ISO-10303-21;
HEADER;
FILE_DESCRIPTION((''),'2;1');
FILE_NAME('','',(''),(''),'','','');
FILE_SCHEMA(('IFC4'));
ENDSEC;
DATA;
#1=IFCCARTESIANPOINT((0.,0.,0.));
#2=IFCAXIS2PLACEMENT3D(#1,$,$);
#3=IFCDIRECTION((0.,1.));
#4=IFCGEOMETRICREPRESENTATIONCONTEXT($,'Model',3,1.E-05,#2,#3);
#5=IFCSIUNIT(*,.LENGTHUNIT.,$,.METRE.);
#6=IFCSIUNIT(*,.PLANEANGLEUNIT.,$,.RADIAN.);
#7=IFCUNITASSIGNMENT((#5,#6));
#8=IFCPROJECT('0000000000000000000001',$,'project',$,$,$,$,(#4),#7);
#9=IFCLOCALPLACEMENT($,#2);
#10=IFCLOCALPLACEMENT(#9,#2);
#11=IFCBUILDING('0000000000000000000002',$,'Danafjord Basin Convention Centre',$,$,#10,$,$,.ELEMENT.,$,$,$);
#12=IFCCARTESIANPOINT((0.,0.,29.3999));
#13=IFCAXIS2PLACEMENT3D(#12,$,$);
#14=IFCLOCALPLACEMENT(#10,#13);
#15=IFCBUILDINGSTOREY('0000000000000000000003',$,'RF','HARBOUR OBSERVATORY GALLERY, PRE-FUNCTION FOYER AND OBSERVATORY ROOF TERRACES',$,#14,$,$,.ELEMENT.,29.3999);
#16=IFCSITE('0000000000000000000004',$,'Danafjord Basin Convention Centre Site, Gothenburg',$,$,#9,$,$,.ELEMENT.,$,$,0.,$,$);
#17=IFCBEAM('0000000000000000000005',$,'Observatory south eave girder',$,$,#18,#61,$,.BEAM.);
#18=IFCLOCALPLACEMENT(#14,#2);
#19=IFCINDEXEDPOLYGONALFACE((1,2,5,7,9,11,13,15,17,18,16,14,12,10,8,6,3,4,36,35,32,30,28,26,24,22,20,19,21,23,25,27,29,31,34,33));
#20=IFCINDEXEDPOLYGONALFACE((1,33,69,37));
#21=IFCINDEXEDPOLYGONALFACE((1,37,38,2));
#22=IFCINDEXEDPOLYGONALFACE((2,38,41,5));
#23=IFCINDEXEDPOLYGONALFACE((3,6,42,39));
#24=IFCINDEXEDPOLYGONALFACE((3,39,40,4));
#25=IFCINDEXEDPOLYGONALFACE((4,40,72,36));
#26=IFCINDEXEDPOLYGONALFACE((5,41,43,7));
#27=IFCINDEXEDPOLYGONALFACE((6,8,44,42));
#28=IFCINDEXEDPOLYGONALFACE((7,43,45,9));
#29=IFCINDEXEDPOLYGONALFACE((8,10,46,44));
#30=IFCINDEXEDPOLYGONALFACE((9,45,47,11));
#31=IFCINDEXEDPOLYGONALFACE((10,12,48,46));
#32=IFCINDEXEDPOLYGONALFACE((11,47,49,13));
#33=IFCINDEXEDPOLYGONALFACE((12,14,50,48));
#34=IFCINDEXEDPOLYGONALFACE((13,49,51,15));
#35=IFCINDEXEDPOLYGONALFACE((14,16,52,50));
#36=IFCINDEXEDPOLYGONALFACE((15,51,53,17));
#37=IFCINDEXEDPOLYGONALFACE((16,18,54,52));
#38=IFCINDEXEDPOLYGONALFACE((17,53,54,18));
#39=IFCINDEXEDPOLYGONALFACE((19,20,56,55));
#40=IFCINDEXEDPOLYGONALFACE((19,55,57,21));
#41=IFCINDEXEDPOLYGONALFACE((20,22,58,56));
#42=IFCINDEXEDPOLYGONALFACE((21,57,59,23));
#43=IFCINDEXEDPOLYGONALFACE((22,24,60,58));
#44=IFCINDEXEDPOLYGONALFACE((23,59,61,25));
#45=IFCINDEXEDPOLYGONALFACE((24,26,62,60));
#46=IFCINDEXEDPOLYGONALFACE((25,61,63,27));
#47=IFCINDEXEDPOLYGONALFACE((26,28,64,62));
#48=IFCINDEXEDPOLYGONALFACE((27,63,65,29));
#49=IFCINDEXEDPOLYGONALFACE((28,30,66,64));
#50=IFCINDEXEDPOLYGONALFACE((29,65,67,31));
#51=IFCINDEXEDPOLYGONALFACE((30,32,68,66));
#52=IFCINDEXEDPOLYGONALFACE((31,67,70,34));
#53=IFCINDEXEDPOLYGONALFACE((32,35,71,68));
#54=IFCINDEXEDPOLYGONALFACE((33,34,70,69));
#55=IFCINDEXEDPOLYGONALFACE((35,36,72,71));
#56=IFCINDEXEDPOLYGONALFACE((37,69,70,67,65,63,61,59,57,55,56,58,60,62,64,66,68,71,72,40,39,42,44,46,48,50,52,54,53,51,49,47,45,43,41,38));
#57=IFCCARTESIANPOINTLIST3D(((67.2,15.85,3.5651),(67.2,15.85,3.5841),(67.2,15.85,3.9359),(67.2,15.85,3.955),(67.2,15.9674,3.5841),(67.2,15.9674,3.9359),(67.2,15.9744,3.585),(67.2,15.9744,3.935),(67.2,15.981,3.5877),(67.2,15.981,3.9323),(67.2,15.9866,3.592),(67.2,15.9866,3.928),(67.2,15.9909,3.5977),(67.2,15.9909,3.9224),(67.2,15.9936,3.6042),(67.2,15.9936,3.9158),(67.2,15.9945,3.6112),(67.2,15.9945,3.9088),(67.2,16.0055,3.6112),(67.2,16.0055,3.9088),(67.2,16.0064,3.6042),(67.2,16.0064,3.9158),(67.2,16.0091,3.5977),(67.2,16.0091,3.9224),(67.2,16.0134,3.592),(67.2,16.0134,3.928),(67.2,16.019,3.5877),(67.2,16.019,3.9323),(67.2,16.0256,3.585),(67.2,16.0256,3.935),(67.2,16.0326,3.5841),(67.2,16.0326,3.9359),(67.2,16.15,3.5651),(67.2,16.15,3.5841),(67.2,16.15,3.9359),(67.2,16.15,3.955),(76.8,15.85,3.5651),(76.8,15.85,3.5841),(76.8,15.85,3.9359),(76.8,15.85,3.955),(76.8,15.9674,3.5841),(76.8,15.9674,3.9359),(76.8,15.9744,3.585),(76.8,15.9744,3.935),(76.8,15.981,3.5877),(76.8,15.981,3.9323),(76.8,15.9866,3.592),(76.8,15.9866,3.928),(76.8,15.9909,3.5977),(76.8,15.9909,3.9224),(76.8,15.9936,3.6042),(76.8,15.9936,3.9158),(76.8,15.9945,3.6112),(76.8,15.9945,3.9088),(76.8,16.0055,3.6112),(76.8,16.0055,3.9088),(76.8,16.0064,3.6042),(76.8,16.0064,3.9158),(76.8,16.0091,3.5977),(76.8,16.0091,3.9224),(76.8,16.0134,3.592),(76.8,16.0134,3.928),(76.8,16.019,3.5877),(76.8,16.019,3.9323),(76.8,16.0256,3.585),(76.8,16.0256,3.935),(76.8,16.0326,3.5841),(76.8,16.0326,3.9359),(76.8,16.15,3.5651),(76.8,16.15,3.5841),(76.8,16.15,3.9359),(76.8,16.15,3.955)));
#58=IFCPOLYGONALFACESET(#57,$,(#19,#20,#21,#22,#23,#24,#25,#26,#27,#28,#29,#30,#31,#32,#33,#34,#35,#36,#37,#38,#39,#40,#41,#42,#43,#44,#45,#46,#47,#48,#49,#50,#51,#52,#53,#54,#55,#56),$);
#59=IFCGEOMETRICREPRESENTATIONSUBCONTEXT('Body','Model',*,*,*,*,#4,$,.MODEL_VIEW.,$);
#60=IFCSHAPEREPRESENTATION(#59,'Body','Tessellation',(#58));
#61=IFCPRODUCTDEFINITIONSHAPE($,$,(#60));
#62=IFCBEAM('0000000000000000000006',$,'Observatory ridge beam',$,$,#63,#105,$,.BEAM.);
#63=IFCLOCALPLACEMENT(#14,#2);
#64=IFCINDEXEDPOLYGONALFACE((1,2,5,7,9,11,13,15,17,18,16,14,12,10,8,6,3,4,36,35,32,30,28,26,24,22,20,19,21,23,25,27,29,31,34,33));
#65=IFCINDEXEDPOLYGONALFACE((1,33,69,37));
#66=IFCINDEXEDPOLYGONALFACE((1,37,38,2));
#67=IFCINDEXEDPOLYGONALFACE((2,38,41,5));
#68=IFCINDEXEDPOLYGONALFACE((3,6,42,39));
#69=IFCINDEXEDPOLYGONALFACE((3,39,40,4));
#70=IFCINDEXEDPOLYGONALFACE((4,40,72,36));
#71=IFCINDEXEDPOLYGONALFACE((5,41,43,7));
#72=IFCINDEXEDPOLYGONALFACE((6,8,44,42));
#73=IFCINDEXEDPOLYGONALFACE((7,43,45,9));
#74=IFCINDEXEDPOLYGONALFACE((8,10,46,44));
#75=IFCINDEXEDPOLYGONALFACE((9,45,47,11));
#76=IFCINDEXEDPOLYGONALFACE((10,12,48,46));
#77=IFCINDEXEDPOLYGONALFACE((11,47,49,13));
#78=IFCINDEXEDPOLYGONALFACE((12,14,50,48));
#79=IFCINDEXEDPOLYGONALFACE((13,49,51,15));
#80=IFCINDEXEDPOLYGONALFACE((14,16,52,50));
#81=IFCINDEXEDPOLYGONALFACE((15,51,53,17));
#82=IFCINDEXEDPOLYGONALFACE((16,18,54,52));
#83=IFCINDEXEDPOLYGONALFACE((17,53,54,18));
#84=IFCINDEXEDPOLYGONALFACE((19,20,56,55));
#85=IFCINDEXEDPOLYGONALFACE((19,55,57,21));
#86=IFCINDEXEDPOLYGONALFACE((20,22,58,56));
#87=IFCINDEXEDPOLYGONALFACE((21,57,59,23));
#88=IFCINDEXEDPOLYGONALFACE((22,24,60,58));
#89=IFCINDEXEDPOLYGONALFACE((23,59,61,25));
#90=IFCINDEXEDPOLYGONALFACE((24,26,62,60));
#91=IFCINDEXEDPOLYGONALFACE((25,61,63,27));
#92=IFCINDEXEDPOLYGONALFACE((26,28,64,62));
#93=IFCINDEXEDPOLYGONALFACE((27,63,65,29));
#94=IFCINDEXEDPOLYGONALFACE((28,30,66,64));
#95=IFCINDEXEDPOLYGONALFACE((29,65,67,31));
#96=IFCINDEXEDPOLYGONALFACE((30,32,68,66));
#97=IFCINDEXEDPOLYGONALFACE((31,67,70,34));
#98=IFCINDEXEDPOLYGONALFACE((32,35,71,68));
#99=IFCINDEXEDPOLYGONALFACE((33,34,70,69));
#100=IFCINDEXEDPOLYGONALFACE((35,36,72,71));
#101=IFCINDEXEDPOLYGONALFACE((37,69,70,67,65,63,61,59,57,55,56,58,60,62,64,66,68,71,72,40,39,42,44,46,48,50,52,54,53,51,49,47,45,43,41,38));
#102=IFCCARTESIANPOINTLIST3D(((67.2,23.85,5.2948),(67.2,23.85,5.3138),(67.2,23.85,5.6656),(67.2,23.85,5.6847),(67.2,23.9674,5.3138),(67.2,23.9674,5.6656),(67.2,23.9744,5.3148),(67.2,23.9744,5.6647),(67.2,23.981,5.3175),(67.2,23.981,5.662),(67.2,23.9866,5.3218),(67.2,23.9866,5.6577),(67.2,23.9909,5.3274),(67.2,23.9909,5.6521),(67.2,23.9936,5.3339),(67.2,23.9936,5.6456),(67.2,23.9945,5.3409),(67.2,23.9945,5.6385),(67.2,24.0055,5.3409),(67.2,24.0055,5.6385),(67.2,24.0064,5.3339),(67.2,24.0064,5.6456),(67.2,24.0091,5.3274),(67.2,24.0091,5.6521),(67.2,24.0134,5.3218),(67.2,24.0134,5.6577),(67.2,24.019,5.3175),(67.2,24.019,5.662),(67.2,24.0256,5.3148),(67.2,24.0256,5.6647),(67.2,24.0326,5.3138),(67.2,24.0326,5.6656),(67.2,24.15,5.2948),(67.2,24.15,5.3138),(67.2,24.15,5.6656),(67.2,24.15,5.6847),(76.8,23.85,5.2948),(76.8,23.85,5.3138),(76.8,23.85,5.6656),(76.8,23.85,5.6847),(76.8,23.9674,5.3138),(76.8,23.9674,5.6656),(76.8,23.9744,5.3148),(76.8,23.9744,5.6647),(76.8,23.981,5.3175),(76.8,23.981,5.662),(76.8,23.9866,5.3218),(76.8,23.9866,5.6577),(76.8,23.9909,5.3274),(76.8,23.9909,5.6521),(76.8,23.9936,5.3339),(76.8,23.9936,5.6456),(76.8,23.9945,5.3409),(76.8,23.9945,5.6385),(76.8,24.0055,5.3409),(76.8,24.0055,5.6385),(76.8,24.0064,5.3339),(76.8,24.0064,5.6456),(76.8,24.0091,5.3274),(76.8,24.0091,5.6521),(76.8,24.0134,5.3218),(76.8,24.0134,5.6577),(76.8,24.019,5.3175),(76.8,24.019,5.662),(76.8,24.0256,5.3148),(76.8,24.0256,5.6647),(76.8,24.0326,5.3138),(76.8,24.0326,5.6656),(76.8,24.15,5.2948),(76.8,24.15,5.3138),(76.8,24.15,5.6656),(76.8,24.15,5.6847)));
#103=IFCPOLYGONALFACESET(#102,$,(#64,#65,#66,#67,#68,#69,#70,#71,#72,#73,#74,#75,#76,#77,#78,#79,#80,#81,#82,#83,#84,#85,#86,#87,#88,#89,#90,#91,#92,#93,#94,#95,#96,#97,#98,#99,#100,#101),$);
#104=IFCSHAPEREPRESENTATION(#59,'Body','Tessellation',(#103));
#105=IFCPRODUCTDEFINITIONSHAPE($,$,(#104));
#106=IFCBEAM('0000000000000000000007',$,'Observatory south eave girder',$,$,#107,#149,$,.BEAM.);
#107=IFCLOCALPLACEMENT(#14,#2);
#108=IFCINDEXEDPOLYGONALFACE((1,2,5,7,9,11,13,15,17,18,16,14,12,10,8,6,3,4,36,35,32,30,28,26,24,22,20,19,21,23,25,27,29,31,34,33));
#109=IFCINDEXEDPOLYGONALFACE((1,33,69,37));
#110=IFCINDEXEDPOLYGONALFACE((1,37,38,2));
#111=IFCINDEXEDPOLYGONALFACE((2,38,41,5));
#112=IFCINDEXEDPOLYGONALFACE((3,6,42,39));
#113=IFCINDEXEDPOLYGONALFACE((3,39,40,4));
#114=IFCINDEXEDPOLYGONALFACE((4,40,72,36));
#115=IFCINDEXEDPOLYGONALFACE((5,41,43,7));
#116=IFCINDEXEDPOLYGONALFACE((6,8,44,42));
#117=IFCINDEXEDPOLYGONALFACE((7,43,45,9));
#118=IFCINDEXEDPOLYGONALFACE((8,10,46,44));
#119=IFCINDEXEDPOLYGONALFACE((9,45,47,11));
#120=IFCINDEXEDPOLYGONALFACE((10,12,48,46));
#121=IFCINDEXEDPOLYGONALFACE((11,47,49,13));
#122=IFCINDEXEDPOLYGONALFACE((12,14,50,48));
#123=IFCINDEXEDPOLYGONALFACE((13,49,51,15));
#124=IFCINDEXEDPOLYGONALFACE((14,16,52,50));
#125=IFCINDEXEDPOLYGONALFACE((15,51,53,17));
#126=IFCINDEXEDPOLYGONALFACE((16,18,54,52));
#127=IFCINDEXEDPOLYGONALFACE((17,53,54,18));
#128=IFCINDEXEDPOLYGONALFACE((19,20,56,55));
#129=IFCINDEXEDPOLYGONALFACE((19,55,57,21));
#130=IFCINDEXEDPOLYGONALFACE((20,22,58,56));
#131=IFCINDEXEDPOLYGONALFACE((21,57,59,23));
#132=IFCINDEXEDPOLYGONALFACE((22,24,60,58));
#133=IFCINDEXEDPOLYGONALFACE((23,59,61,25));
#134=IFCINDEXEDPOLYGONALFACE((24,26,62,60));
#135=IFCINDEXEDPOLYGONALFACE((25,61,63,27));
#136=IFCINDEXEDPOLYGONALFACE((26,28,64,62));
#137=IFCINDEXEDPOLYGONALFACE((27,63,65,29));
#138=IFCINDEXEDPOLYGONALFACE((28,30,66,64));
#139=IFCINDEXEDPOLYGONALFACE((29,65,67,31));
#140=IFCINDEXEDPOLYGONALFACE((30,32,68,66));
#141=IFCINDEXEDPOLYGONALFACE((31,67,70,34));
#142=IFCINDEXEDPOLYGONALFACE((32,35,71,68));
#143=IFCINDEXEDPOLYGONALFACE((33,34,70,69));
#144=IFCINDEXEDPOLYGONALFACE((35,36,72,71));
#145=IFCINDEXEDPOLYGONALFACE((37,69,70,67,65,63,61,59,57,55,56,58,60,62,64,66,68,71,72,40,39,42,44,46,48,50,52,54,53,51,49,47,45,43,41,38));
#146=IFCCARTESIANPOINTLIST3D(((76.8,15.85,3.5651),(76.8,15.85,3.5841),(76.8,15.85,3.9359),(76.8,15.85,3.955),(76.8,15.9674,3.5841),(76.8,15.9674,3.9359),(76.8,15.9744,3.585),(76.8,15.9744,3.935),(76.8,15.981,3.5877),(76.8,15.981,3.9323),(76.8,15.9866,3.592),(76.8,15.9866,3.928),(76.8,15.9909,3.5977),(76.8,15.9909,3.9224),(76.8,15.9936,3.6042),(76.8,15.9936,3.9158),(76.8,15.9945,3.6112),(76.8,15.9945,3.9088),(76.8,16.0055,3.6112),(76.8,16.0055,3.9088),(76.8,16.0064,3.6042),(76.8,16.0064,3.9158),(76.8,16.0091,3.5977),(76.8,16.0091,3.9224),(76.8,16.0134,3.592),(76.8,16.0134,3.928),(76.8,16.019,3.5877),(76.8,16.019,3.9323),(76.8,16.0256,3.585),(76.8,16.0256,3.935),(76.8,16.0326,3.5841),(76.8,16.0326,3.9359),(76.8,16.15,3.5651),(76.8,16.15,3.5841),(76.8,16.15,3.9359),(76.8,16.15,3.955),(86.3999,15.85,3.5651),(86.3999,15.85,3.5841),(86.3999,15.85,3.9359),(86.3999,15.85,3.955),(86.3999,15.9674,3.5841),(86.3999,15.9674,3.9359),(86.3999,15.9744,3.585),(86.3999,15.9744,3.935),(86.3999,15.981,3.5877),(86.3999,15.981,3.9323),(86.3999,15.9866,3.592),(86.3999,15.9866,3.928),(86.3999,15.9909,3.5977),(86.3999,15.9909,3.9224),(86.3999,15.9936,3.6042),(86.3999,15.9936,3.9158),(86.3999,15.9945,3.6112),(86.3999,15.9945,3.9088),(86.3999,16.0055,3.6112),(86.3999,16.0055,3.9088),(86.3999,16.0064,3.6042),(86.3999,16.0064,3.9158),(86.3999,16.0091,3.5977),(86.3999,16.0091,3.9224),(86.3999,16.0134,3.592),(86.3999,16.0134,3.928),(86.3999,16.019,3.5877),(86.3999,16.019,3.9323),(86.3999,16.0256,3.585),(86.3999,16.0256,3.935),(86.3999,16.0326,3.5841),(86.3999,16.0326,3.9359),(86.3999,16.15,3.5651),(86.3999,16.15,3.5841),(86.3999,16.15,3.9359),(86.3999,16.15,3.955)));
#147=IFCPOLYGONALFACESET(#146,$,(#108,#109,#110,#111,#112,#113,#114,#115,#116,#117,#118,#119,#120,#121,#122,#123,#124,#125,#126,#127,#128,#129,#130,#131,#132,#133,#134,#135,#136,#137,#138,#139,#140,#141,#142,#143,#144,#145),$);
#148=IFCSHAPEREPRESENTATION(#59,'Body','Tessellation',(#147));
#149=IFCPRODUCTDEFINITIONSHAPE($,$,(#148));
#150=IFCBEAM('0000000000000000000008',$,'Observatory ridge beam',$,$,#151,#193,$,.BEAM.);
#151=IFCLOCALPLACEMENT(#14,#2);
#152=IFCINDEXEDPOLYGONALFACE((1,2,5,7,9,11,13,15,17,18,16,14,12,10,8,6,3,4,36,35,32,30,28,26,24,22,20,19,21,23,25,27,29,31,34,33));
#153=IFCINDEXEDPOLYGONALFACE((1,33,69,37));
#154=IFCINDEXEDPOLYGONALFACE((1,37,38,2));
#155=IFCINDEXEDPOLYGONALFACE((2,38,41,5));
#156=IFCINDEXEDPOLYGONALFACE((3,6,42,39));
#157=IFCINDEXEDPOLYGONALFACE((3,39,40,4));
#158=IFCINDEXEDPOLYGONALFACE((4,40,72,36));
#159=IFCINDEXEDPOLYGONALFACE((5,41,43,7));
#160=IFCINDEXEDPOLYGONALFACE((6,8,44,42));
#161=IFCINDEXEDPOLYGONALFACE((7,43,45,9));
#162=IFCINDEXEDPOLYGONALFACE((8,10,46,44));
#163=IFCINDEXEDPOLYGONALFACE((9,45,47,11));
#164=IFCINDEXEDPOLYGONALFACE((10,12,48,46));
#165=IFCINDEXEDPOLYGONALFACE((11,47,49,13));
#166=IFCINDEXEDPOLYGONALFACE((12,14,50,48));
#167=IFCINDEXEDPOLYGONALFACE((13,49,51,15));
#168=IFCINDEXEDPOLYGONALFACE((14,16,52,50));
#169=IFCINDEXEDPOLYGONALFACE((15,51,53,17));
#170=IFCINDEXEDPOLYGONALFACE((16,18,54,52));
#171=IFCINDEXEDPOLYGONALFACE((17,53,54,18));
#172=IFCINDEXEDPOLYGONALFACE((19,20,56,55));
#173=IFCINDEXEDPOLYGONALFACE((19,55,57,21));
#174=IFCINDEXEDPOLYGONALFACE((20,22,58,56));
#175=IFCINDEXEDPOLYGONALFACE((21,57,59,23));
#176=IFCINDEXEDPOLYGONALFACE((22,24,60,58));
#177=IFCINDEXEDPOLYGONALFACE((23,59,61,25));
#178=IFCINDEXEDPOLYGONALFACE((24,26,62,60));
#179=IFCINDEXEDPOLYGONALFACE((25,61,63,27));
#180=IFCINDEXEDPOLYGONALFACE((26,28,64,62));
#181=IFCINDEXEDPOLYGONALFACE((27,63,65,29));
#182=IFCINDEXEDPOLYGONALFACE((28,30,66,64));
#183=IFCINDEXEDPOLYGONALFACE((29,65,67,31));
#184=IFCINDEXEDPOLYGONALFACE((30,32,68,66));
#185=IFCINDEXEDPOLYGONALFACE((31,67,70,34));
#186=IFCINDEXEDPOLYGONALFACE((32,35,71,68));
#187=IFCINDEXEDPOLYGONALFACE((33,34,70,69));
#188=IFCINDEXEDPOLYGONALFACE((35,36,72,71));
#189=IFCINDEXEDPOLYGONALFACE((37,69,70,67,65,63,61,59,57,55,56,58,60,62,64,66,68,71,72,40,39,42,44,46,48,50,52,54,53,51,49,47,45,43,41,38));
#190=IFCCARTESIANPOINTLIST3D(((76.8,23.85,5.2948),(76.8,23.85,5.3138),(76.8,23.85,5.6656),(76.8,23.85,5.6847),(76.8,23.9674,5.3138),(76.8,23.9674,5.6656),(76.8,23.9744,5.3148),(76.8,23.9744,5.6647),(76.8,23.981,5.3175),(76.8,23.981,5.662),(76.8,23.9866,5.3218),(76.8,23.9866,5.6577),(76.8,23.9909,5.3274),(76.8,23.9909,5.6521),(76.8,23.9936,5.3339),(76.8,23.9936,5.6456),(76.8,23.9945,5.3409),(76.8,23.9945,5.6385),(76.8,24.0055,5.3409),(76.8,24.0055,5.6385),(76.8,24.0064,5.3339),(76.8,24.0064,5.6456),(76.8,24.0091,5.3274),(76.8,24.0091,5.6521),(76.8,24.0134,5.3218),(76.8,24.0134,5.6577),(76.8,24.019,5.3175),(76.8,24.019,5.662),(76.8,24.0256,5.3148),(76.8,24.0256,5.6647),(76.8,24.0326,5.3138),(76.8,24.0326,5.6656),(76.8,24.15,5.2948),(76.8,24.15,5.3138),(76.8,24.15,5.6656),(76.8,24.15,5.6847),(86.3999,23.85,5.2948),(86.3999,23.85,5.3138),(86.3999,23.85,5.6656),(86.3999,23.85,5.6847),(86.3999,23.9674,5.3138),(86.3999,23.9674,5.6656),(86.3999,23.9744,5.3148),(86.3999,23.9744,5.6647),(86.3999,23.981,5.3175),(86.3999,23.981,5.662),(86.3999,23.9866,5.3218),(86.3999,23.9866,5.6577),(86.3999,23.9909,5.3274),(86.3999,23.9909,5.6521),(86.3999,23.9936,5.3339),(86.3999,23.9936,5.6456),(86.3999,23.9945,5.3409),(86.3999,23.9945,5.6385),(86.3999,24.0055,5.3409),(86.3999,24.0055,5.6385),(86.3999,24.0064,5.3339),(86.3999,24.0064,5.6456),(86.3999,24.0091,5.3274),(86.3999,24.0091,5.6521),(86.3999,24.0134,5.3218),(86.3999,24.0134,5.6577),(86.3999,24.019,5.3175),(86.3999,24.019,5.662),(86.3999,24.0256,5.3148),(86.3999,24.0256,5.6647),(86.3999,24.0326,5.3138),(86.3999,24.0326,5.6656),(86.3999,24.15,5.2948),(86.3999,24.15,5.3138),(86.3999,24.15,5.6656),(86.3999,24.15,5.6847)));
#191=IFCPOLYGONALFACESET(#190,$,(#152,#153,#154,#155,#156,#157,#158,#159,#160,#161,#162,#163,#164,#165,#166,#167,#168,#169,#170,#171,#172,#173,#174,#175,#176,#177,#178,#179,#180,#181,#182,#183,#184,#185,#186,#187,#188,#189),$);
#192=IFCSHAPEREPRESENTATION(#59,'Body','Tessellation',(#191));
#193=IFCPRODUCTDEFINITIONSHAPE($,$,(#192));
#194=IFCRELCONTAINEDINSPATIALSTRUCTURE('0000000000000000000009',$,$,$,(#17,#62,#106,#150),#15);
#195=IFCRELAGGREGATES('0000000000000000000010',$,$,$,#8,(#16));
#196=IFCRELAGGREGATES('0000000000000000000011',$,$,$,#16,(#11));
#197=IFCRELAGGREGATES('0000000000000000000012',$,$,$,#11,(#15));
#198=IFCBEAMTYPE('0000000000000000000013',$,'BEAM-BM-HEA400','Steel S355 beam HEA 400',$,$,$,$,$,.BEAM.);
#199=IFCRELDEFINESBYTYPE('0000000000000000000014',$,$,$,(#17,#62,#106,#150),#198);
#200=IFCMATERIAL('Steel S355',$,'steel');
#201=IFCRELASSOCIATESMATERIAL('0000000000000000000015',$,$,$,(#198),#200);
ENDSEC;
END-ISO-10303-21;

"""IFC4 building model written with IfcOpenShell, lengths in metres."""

from ifc_helpers import new_model, si_unit, direction, frame, origin, origin_2d, place, context, subcontext, project, spatial, i_section, extrude, material, material_profile, profile_set, type_object, element, save


model = new_model("IFC4")

# Units and contexts
model_context = context("Model", 3, precision=1e-05, world=origin(), true_north=direction((0.0, 1.0)))
body_context = subcontext(model_context, "Body", "Model", "MODEL_VIEW")
ifc_project = project(units=[si_unit("LENGTHUNIT", "METRE"), si_unit("PLANEANGLEUNIT", "RADIAN")], contexts=[model_context])

# Site, building, storey
site_placement = place(None, origin())
site = spatial("IfcSite", under=ifc_project, at=site_placement, Name="Danafjord Basin Convention Centre Site, Gothenburg", CompositionType="ELEMENT", RefElevation=0.0)
building_placement = place(site_placement, origin())
building = spatial("IfcBuilding", under=site, at=building_placement, Name="Danafjord Basin Convention Centre", CompositionType="ELEMENT")
storey_placement = place(building_placement, frame((0.0, 0.0, 29.3999)))
storey = spatial("IfcBuildingStorey", under=building, at=storey_placement, Name="RF", Description="HARBOUR OBSERVATORY GALLERY, PRE-FUNCTION FOYER AND OBSERVATORY ROOF TERRACES", CompositionType="ELEMENT", Elevation=29.3999)

# Shared definitions
ifc_material_1 = material(Name="Steel S355", Category="steel")

# Beams
ifc_material_profile_1 = material_profile(ifc_material_1, i_section(OverallWidth=0.3, OverallDepth=0.3899, WebThickness=0.011, FlangeThickness=0.019, FilletRadius=0.0271, at=origin_2d()), Name="HEA 400")
ifc_profile_set_1 = profile_set([ifc_material_profile_1], Name="Steel S355")
beam_type_1 = type_object("IfcBeamType", Name="BEAM-BM-HEA400", Description="Steel S355 beam HEA 400", PredefinedType="BEAM", material=ifc_profile_set_1)
for number, where, z_axis, x_axis, name in (
    (1, (67.2, 16.0, 3.76), (1.0, 0.0, 0.0), (0.0, 1.0, 0.0), "Observatory south eave girder"),
    (2, (67.2, 24.0, 5.4897), (1.0, 0.0, 0.0), (0.0, 1.0, 0.0), "Observatory ridge beam"),
):
    element("IfcBeam", number, at=place(storey_placement, frame(where, z_axis=z_axis, x_axis=x_axis)), inside=storey, type_object=beam_type_1, Name=name, PredefinedType="BEAM", context=body_context, shape_type="SweptSolid", body=[
        extrude(i_section(OverallWidth=0.3, OverallDepth=0.3899, WebThickness=0.011, FlangeThickness=0.019, FilletRadius=0.0271, at=origin_2d()), origin(), (0.0, 0.0, 1.0), 9.6001),
    ])
for number, where, z_axis, x_axis, name in (
    (3, (76.8, 16.0, 3.76), (1.0, 0.0, 0.0), (0.0, 1.0, 0.0), "Observatory south eave girder"),
    (4, (76.8, 24.0, 5.4897), (1.0, 0.0, 0.0), (0.0, 1.0, 0.0), "Observatory ridge beam"),
):
    element("IfcBeam", number, at=place(storey_placement, frame(where, z_axis=z_axis, x_axis=x_axis)), inside=storey, type_object=beam_type_1, Name=name, PredefinedType="BEAM", context=body_context, shape_type="SweptSolid", body=[
        extrude(i_section(OverallWidth=0.3, OverallDepth=0.3899, WebThickness=0.011, FlangeThickness=0.019, FilletRadius=0.0271, at=origin_2d()), origin(), (0.0, 0.0, 1.0), 9.5999),
    ])

save(model, "model.ifc")
